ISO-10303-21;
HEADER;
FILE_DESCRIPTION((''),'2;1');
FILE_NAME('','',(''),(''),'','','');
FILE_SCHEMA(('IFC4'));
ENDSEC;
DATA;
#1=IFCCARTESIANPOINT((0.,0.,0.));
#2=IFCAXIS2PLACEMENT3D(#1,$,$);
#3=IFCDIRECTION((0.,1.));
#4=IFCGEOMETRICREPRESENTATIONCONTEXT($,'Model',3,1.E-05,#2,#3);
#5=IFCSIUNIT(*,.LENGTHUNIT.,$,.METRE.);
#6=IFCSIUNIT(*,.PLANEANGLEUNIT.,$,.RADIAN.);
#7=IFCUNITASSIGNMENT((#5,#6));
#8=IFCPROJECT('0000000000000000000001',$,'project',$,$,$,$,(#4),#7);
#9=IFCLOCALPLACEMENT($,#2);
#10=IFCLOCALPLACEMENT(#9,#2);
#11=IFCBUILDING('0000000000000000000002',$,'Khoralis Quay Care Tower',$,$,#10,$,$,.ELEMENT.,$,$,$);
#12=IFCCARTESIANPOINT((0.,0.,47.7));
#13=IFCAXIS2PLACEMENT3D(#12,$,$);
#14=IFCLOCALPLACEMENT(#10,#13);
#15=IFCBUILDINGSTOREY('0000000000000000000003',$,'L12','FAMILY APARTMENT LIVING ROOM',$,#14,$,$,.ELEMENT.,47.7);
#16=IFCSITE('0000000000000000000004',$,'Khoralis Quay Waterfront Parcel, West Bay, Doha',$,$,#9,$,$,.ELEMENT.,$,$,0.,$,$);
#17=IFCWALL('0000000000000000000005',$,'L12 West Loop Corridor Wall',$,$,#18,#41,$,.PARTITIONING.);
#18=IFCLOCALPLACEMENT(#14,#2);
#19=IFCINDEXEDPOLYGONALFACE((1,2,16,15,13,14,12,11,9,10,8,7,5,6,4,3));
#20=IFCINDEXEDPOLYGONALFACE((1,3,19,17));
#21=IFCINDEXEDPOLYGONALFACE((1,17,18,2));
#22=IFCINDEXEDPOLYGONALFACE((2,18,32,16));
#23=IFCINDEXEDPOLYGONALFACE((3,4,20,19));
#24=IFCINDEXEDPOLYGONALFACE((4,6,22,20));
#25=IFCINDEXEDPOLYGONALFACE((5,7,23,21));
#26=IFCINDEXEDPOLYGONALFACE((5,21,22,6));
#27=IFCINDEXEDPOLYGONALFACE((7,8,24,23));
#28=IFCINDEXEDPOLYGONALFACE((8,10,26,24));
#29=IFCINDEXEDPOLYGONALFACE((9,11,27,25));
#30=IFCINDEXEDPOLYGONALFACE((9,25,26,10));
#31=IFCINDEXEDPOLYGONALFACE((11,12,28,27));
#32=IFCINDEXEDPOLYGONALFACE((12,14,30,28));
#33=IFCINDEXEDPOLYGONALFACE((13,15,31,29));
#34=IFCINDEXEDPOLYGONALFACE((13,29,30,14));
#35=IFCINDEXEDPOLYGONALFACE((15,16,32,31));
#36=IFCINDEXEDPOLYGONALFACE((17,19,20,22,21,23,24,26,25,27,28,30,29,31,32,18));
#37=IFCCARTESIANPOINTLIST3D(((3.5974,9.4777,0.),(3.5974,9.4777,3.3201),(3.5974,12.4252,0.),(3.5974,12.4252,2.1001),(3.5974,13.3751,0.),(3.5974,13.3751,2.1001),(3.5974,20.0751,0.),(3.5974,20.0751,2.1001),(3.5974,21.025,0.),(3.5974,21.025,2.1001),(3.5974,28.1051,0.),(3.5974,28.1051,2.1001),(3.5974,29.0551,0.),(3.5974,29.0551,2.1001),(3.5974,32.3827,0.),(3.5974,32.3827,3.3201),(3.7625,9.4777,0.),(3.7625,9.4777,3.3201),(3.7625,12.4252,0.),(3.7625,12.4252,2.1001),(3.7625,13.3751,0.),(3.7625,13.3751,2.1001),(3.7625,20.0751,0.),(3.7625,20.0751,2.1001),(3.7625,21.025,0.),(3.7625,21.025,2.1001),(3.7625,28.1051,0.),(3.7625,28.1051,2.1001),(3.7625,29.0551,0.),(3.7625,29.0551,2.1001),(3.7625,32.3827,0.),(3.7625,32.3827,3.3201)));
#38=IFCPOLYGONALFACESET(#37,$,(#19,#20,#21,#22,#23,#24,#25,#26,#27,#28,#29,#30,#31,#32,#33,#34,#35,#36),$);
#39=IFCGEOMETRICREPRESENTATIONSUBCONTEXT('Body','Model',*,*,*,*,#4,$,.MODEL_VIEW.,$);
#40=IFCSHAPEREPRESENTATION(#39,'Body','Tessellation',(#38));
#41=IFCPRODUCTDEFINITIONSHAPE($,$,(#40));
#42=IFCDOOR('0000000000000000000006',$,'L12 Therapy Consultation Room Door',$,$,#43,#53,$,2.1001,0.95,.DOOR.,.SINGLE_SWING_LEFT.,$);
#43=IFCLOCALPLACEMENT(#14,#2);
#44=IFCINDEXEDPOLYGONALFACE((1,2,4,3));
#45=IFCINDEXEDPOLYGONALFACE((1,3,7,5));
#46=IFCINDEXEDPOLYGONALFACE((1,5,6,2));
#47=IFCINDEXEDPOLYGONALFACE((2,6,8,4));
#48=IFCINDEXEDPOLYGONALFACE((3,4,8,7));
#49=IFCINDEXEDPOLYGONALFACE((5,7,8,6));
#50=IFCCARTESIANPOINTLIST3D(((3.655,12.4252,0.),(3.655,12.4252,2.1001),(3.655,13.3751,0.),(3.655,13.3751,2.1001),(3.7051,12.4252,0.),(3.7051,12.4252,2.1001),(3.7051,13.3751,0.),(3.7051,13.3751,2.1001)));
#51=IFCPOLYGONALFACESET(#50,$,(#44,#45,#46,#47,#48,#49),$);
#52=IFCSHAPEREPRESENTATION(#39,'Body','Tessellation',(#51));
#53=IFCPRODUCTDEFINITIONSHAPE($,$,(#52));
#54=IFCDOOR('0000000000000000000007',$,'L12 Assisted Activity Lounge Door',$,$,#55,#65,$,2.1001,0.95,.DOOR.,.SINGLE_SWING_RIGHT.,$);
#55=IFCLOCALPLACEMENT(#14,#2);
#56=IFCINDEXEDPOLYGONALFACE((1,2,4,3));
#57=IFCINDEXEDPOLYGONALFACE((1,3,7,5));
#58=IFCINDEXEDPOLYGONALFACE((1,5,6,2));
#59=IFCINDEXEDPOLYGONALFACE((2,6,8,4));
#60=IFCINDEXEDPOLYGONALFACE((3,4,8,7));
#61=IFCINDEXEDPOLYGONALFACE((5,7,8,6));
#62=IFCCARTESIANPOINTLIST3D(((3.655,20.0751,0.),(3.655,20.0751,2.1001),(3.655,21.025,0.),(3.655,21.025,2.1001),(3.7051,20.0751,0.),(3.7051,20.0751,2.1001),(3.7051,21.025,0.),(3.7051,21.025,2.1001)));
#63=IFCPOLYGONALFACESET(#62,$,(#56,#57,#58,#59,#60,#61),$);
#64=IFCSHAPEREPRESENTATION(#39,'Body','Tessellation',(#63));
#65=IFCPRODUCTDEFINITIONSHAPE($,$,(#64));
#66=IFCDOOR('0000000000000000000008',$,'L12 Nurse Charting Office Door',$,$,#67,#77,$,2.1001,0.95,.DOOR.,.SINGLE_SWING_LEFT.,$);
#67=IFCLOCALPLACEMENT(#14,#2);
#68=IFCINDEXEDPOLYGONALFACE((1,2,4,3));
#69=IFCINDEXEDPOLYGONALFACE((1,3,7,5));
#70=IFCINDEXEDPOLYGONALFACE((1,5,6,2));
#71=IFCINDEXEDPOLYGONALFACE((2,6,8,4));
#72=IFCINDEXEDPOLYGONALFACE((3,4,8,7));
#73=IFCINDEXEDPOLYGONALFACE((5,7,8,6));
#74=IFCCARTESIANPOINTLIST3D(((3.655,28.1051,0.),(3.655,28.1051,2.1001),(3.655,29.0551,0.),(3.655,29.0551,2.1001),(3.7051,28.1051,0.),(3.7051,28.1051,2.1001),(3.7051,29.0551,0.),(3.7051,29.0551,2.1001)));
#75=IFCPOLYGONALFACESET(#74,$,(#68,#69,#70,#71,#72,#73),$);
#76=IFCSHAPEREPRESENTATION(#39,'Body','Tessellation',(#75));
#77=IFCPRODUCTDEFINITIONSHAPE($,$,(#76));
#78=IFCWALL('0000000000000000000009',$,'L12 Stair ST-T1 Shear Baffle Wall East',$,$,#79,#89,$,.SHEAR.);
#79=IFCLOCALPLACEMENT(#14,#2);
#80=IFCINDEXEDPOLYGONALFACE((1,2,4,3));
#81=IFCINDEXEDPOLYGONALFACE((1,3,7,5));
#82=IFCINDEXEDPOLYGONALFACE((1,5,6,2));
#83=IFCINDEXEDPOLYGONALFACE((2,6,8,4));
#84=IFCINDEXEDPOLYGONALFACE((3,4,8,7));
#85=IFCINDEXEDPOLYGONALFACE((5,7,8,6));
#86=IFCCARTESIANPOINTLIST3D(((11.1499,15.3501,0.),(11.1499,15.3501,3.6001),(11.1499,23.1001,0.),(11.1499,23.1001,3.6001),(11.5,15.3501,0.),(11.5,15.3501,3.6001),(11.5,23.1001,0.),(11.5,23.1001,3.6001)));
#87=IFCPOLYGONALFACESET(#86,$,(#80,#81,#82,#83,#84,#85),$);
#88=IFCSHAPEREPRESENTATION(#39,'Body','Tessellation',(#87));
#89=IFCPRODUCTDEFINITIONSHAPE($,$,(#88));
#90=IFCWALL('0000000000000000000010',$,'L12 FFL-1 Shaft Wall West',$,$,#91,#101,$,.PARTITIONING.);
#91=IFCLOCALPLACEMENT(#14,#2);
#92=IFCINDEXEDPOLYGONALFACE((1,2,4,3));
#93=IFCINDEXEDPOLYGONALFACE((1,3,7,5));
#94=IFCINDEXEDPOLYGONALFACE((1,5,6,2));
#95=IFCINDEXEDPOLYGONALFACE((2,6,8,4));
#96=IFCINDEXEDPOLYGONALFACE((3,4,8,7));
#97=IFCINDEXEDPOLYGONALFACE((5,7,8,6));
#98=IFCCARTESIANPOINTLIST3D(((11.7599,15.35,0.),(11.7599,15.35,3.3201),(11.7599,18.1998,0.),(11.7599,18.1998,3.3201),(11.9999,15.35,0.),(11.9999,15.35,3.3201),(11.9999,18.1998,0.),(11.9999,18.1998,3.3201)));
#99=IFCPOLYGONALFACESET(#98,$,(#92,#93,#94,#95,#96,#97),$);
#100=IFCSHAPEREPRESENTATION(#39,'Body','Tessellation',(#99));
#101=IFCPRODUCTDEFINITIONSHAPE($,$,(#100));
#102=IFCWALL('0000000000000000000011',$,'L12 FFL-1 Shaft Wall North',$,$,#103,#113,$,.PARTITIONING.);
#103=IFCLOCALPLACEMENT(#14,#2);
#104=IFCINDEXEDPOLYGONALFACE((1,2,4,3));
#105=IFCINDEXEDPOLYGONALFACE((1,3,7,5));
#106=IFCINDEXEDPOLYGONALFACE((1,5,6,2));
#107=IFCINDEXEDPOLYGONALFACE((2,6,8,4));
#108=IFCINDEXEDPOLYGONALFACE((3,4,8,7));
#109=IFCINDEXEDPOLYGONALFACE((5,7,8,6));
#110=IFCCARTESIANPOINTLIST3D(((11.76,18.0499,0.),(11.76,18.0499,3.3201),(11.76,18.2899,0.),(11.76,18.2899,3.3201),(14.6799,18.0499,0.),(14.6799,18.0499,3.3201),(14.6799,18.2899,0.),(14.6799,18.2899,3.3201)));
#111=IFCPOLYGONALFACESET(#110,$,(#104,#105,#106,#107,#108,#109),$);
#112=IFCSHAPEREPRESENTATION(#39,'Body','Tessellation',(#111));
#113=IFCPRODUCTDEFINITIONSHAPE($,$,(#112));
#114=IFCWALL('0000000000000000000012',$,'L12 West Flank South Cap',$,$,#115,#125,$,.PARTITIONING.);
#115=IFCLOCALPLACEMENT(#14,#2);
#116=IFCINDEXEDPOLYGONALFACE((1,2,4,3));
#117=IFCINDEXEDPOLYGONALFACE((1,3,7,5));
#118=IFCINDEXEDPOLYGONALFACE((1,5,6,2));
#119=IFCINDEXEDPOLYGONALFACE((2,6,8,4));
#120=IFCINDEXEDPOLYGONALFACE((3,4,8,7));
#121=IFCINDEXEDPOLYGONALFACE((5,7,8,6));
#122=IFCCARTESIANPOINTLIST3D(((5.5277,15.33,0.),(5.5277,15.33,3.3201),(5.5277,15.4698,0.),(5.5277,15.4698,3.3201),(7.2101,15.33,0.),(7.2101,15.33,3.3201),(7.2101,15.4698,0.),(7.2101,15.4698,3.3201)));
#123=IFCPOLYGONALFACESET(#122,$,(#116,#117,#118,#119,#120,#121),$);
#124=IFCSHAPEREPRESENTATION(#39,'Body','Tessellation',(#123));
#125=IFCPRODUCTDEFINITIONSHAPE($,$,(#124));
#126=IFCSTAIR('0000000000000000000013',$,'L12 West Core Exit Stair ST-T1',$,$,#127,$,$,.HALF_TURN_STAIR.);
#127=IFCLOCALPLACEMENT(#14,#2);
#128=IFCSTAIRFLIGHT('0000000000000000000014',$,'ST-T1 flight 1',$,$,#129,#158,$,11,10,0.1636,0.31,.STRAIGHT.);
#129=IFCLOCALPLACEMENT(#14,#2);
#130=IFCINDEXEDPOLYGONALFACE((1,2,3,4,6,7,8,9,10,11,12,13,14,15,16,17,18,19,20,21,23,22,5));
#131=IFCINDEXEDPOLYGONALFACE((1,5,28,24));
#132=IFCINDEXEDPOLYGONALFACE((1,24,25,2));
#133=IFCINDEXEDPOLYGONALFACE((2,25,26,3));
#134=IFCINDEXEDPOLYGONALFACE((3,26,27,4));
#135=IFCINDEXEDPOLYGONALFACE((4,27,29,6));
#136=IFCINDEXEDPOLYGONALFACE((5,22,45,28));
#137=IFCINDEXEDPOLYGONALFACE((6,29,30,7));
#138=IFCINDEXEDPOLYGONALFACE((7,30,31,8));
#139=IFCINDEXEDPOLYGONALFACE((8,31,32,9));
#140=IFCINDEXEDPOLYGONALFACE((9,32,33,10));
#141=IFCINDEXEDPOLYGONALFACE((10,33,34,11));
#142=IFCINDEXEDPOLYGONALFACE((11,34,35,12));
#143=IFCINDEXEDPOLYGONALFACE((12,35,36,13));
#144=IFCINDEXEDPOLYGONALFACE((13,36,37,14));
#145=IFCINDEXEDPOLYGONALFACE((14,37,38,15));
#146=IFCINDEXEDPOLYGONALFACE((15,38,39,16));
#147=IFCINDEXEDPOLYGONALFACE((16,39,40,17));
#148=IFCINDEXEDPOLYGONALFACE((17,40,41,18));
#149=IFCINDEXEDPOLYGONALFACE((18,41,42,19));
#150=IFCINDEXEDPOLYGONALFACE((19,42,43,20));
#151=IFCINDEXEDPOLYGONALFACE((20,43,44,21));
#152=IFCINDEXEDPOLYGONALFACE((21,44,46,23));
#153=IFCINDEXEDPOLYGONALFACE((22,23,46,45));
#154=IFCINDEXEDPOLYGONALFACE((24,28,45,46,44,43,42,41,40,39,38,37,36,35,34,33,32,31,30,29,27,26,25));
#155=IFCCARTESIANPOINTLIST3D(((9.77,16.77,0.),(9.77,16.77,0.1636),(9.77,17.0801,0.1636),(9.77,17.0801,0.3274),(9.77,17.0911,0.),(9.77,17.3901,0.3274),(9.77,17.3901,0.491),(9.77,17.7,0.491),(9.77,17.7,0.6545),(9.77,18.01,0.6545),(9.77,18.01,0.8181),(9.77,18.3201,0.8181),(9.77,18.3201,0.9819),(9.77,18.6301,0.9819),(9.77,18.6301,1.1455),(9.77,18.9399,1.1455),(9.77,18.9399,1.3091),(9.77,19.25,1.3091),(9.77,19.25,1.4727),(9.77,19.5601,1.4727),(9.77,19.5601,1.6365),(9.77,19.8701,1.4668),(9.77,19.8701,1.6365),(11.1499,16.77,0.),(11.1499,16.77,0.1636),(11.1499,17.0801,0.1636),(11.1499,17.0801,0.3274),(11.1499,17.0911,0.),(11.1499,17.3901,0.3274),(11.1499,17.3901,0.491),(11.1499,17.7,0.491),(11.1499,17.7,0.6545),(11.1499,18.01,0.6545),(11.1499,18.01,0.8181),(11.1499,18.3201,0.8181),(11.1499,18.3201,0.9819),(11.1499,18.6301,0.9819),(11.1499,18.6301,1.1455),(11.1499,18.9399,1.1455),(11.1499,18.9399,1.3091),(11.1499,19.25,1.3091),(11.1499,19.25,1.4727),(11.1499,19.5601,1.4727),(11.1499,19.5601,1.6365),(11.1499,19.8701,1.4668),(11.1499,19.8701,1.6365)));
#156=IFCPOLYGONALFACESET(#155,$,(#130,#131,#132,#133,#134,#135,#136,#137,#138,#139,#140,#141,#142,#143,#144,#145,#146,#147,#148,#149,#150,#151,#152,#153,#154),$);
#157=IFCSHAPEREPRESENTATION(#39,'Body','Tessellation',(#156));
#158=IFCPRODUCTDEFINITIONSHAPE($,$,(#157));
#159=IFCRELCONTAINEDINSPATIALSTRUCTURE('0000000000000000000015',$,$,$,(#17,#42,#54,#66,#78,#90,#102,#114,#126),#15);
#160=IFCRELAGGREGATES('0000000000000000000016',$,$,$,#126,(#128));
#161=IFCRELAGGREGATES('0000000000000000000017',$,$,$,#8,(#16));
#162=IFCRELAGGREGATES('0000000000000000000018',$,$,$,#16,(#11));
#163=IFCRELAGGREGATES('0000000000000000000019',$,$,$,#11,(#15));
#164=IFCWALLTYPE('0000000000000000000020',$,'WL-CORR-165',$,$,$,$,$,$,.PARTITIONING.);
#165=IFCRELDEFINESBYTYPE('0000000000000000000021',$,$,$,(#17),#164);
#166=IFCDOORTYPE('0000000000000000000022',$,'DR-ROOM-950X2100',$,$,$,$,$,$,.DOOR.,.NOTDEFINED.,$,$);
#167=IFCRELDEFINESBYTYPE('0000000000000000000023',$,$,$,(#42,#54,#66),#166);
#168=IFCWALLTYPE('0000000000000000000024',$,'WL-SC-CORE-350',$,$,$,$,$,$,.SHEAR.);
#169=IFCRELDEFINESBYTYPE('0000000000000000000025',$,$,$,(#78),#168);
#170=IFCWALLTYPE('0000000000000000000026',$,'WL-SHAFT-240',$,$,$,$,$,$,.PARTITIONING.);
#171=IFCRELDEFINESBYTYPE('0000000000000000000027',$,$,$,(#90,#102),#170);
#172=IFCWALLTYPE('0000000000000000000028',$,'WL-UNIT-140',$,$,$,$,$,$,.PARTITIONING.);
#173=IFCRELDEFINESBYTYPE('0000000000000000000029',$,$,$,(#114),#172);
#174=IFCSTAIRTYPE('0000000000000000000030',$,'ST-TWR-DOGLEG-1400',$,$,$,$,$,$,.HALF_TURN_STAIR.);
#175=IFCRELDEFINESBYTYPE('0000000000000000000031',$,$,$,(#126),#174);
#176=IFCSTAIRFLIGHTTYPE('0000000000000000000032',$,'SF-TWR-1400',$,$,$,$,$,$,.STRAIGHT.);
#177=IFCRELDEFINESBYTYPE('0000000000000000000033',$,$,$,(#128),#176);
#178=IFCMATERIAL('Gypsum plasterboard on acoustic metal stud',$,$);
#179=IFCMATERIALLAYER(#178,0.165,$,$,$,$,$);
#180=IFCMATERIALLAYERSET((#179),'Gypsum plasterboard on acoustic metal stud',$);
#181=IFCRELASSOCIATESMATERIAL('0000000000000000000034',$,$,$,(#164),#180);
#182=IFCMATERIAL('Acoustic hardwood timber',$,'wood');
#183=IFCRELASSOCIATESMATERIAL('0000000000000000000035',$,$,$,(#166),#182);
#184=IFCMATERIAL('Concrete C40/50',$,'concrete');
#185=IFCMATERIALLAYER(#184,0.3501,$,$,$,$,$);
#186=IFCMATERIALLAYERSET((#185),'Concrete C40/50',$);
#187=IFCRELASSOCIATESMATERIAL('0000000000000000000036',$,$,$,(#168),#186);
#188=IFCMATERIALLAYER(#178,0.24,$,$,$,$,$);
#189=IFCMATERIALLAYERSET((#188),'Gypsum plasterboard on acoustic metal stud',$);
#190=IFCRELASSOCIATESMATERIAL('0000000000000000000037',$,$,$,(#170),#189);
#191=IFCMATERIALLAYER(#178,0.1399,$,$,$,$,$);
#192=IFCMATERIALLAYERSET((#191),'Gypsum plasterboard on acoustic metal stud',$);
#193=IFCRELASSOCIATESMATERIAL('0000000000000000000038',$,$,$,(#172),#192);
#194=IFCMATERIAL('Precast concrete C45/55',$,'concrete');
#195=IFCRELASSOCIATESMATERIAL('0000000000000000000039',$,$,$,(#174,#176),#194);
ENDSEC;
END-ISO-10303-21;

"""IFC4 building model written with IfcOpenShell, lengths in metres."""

from ifc_helpers import new_model, si_unit, direction, frame, frame_2d, origin, place, context, subcontext, project, spatial, polyline, rectangle, outline, extrude, source, transform, mapped, material, layer, layer_set, type_object, element, fill, aggregate, save


model = new_model("IFC4")

# Units and contexts
model_context = context("Model", 3, precision=1e-05, world=origin(), true_north=direction((0.0, 1.0)))
body_context = subcontext(model_context, "Body", "Model", "MODEL_VIEW")
ifc_project = project(units=[si_unit("LENGTHUNIT", "METRE"), si_unit("PLANEANGLEUNIT", "RADIAN")], contexts=[model_context])

# Site, building, storey
site_placement = place(None, origin())
site = spatial("IfcSite", under=ifc_project, at=site_placement, Name="Khoralis Quay Waterfront Parcel, West Bay, Doha", CompositionType="ELEMENT", RefElevation=0.0)
building_placement = place(site_placement, origin())
building = spatial("IfcBuilding", under=site, at=building_placement, Name="Khoralis Quay Care Tower", CompositionType="ELEMENT")
storey_placement = place(building_placement, frame((0.0, 0.0, 47.7)))
storey = spatial("IfcBuildingStorey", under=building, at=storey_placement, Name="L12", Description="FAMILY APARTMENT LIVING ROOM", CompositionType="ELEMENT", Elevation=47.7)

# Shared definitions
ifc_material_1 = material(Name="Gypsum plasterboard on acoustic metal stud")

# Shared definitions
ifc_layer_1 = layer(ifc_material_1, 0.165)
ifc_layer_set_1 = layer_set([ifc_layer_1], Name="Gypsum plasterboard on acoustic metal stud")
wall_type_1 = type_object("IfcWallType", Name="WL-CORR-165", PredefinedType="PARTITIONING", material=ifc_layer_set_1)
ifc_material_2 = material(Name="Acoustic hardwood timber", Category="wood")

# Wall, openings, doors
wall_1_placement = place(storey_placement, frame((3.6799, 9.4775, 0.0), z_axis=(0.0, 0.0, 1.0), x_axis=(0.0, 1.0, 0.0)))
wall_1 = element("IfcWall", 1, at=wall_1_placement, inside=storey, type_object=wall_type_1, Name="L12 West Loop Corridor Wall", PredefinedType="PARTITIONING", context=body_context, shape_type="SweptSolid", body=[
    extrude(rectangle(XDim=22.905, YDim=0.165, at=frame_2d((11.4526, 0.0))), origin(), (0.0, 0.0, 1.0), 3.3201),
])
opening_1_placement = place(wall_1_placement, frame((2.9475, 0.0, 0.0)))
opening_1 = element("IfcOpeningElement", 2, at=opening_1_placement, cuts=wall_1, PredefinedType="OPENING", context=body_context, shape_type="SweptSolid", body=[
    extrude(rectangle(XDim=0.95, YDim=2.1001, at=frame_2d((0.4751, 1.05))), frame((0.0, 0.0925, 0.0), z_axis=(0.0, -1.0, 0.0), x_axis=(1.0, 0.0, 0.0)), (0.0, 0.0, 1.0), 0.1851),
])
opening_2_placement = place(wall_1_placement, frame((10.5974, 0.0, 0.0)))
opening_2 = element("IfcOpeningElement", 3, at=opening_2_placement, cuts=wall_1, PredefinedType="OPENING", context=body_context, shape_type="SweptSolid", body=[
    extrude(rectangle(XDim=0.95, YDim=2.1001, at=frame_2d((0.4751, 1.05))), frame((0.0, 0.0925, 0.0), z_axis=(0.0, -1.0, 0.0), x_axis=(1.0, 0.0, 0.0)), (0.0, 0.0, 1.0), 0.1851),
])
opening_3_placement = place(wall_1_placement, frame((18.6274, 0.0, 0.0)))
opening_3 = element("IfcOpeningElement", 4, at=opening_3_placement, cuts=wall_1, PredefinedType="OPENING", context=body_context, shape_type="SweptSolid", body=[
    extrude(rectangle(XDim=0.95, YDim=2.1001, at=frame_2d((0.4751, 1.05))), frame((0.0, 0.0925, 0.0), z_axis=(0.0, -1.0, 0.0), x_axis=(1.0, 0.0, 0.0)), (0.0, 0.0, 1.0), 0.1851),
])
door_type_1 = type_object("IfcDoorType", Name="DR-ROOM-950X2100", OperationType="NOTDEFINED", PredefinedType="DOOR", material=ifc_material_2)
shared_shape_1 = source(origin(), body_context, "Body", "SweptSolid", [
    extrude(rectangle(XDim=0.95, YDim=2.1001, at=frame_2d((0.4751, 1.05))), frame((0.0, 0.0249, 0.0), z_axis=(0.0, -1.0, 0.0), x_axis=(1.0, 0.0, 0.0)), (0.0, 0.0, 1.0), 0.05),
])
door_1_placement = place(opening_1_placement, origin())
door_1 = element("IfcDoor", 5, at=door_1_placement, inside=storey, type_object=door_type_1, Name="L12 Therapy Consultation Room Door", OperationType="SINGLE_SWING_LEFT", OverallHeight=2.1001, OverallWidth=0.95, PredefinedType="DOOR", context=body_context, shape_type="MappedRepresentation", body=[
    mapped(shared_shape_1, transform((0.0, 0.0, 0.0), scale=1.0)),
])
fill(opening_1, door_1)
door_2_placement = place(opening_2_placement, origin())
door_2 = element("IfcDoor", 6, at=door_2_placement, inside=storey, type_object=door_type_1, Name="L12 Assisted Activity Lounge Door", OperationType="SINGLE_SWING_RIGHT", OverallHeight=2.1001, OverallWidth=0.95, PredefinedType="DOOR", context=body_context, shape_type="MappedRepresentation", body=[
    mapped(shared_shape_1, transform((0.0, 0.0, 0.0), scale=1.0)),
])
fill(opening_2, door_2)
door_3_placement = place(opening_3_placement, origin())
door_3 = element("IfcDoor", 7, at=door_3_placement, inside=storey, type_object=door_type_1, Name="L12 Nurse Charting Office Door", OperationType="SINGLE_SWING_LEFT", OverallHeight=2.1001, OverallWidth=0.95, PredefinedType="DOOR", context=body_context, shape_type="MappedRepresentation", body=[
    mapped(shared_shape_1, transform((0.0, 0.0, 0.0), scale=1.0)),
])
fill(opening_3, door_3)

# Walls
ifc_material_3 = material(Name="Concrete C40/50", Category="concrete")
ifc_layer_2 = layer(ifc_material_3, 0.3501)
ifc_layer_set_2 = layer_set([ifc_layer_2], Name="Concrete C40/50")
wall_type_2 = type_object("IfcWallType", Name="WL-SC-CORE-350", PredefinedType="SHEAR", material=ifc_layer_set_2)
wall_2_placement = place(storey_placement, frame((11.325, 15.3501, 0.0), z_axis=(0.0, 0.0, 1.0), x_axis=(0.0, 1.0, 0.0)))
element("IfcWall", 8, at=wall_2_placement, inside=storey, type_object=wall_type_2, Name="L12 Stair ST-T1 Shear Baffle Wall East", PredefinedType="SHEAR", context=body_context, shape_type="SweptSolid", body=[
    extrude(rectangle(XDim=7.75, YDim=0.3501, at=frame_2d((3.875, 0.0))), origin(), (0.0, 0.0, 1.0), 3.6001),
])
ifc_layer_3 = layer(ifc_material_1, 0.24)
ifc_layer_set_3 = layer_set([ifc_layer_3], Name="Gypsum plasterboard on acoustic metal stud")
wall_type_3 = type_object("IfcWallType", Name="WL-SHAFT-240", PredefinedType="PARTITIONING", material=ifc_layer_set_3)
wall_3_placement = place(storey_placement, frame((11.8799, 15.3501, 0.0), z_axis=(0.0, 0.0, 1.0), x_axis=(0.0, 1.0, 0.0)))
element("IfcWall", 9, at=wall_3_placement, inside=storey, type_object=wall_type_3, Name="L12 FFL-1 Shaft Wall West", PredefinedType="PARTITIONING", context=body_context, shape_type="SweptSolid", body=[
    extrude(rectangle(XDim=2.8499, YDim=0.24, at=frame_2d((1.4248, 0.0))), origin(), (0.0, 0.0, 1.0), 3.3201),
])
wall_4_placement = place(storey_placement, frame((11.76, 18.1699, 0.0), z_axis=(0.0, 0.0, 1.0), x_axis=(1.0, 0.0, 0.0)))
element("IfcWall", 10, at=wall_4_placement, inside=storey, type_object=wall_type_3, Name="L12 FFL-1 Shaft Wall North", PredefinedType="PARTITIONING", context=body_context, shape_type="SweptSolid", body=[
    extrude(rectangle(XDim=2.9199, YDim=0.24, at=frame_2d((1.46, 0.0))), origin(), (0.0, 0.0, 1.0), 3.3201),
])
ifc_layer_4 = layer(ifc_material_1, 0.1399)
ifc_layer_set_4 = layer_set([ifc_layer_4], Name="Gypsum plasterboard on acoustic metal stud")
wall_type_4 = type_object("IfcWallType", Name="WL-UNIT-140", PredefinedType="PARTITIONING", material=ifc_layer_set_4)
wall_5_placement = place(storey_placement, frame((5.5276, 15.3999, 0.0), z_axis=(0.0, 0.0, 1.0), x_axis=(1.0, 0.0, 0.0)))
element("IfcWall", 11, at=wall_5_placement, inside=storey, type_object=wall_type_4, Name="L12 West Flank South Cap", PredefinedType="PARTITIONING", context=body_context, shape_type="SweptSolid", body=[
    extrude(rectangle(XDim=1.6824, YDim=0.1399, at=frame_2d((0.8413, 0.0))), origin(), (0.0, 0.0, 1.0), 3.3201),
])

# Stair, stair flight
ifc_material_4 = material(Name="Precast concrete C45/55", Category="concrete")
stair_type = type_object("IfcStairType", Name="ST-TWR-DOGLEG-1400", PredefinedType="HALF_TURN_STAIR", material=ifc_material_4)
stair_placement = place(storey_placement, origin())
stair = element("IfcStair", 12, at=stair_placement, inside=storey, type_object=stair_type, Name="L12 West Core Exit Stair ST-T1", PredefinedType="HALF_TURN_STAIR")
stair_flight_type = type_object("IfcStairFlightType", Name="SF-TWR-1400", PredefinedType="STRAIGHT", material=ifc_material_4)
shared_shape_2 = source(origin(), body_context, "Body", "SweptSolid", [
    extrude(outline(polyline([(0.0, 0.0), (0.0, 0.1636), (0.3101, 0.1636), (0.3101, 0.3274), (0.6201, 0.3274), (0.6201, 0.491), (0.9299, 0.491), (0.9299, 0.6545), (1.24, 0.6545), (1.24, 0.8181), (1.55, 0.8181), (1.55, 0.9819), (1.8601, 0.9819), (1.8601, 1.1455), (2.1699, 1.1455), (2.1699, 1.3091), (2.48, 1.3091), (2.48, 1.4727), (2.79, 1.4727), (2.79, 1.6365), (3.1001, 1.6365), (3.1001, 1.8), (3.1001, 1.4668), (0.321, 0.0), (0.0, 0.0)])), frame((0.0, 0.6899, 0.0), z_axis=(0.0, -1.0, 0.0), x_axis=(1.0, 0.0, 0.0)), (0.0, 0.0, 1.0), 1.3799),
])
stair_flight_1_placement = place(storey_placement, frame((10.46, 16.77, 0.0), z_axis=(0.0, 0.0, 1.0), x_axis=(0.0, 1.0, 0.0)))
stair_flight_1 = element("IfcStairFlight", 13, at=stair_flight_1_placement, type_object=stair_flight_type, Name="ST-T1 flight 1", NumberOfRisers=11, NumberOfTreads=10, PredefinedType="STRAIGHT", RiserHeight=0.1636, TreadLength=0.31, context=body_context, shape_type="MappedRepresentation", body=[
    mapped(shared_shape_2, transform((0.0, 0.0, 0.0), scale=1.0)),
])
aggregate(stair, [stair_flight_1])

save(model, "model.ifc")
